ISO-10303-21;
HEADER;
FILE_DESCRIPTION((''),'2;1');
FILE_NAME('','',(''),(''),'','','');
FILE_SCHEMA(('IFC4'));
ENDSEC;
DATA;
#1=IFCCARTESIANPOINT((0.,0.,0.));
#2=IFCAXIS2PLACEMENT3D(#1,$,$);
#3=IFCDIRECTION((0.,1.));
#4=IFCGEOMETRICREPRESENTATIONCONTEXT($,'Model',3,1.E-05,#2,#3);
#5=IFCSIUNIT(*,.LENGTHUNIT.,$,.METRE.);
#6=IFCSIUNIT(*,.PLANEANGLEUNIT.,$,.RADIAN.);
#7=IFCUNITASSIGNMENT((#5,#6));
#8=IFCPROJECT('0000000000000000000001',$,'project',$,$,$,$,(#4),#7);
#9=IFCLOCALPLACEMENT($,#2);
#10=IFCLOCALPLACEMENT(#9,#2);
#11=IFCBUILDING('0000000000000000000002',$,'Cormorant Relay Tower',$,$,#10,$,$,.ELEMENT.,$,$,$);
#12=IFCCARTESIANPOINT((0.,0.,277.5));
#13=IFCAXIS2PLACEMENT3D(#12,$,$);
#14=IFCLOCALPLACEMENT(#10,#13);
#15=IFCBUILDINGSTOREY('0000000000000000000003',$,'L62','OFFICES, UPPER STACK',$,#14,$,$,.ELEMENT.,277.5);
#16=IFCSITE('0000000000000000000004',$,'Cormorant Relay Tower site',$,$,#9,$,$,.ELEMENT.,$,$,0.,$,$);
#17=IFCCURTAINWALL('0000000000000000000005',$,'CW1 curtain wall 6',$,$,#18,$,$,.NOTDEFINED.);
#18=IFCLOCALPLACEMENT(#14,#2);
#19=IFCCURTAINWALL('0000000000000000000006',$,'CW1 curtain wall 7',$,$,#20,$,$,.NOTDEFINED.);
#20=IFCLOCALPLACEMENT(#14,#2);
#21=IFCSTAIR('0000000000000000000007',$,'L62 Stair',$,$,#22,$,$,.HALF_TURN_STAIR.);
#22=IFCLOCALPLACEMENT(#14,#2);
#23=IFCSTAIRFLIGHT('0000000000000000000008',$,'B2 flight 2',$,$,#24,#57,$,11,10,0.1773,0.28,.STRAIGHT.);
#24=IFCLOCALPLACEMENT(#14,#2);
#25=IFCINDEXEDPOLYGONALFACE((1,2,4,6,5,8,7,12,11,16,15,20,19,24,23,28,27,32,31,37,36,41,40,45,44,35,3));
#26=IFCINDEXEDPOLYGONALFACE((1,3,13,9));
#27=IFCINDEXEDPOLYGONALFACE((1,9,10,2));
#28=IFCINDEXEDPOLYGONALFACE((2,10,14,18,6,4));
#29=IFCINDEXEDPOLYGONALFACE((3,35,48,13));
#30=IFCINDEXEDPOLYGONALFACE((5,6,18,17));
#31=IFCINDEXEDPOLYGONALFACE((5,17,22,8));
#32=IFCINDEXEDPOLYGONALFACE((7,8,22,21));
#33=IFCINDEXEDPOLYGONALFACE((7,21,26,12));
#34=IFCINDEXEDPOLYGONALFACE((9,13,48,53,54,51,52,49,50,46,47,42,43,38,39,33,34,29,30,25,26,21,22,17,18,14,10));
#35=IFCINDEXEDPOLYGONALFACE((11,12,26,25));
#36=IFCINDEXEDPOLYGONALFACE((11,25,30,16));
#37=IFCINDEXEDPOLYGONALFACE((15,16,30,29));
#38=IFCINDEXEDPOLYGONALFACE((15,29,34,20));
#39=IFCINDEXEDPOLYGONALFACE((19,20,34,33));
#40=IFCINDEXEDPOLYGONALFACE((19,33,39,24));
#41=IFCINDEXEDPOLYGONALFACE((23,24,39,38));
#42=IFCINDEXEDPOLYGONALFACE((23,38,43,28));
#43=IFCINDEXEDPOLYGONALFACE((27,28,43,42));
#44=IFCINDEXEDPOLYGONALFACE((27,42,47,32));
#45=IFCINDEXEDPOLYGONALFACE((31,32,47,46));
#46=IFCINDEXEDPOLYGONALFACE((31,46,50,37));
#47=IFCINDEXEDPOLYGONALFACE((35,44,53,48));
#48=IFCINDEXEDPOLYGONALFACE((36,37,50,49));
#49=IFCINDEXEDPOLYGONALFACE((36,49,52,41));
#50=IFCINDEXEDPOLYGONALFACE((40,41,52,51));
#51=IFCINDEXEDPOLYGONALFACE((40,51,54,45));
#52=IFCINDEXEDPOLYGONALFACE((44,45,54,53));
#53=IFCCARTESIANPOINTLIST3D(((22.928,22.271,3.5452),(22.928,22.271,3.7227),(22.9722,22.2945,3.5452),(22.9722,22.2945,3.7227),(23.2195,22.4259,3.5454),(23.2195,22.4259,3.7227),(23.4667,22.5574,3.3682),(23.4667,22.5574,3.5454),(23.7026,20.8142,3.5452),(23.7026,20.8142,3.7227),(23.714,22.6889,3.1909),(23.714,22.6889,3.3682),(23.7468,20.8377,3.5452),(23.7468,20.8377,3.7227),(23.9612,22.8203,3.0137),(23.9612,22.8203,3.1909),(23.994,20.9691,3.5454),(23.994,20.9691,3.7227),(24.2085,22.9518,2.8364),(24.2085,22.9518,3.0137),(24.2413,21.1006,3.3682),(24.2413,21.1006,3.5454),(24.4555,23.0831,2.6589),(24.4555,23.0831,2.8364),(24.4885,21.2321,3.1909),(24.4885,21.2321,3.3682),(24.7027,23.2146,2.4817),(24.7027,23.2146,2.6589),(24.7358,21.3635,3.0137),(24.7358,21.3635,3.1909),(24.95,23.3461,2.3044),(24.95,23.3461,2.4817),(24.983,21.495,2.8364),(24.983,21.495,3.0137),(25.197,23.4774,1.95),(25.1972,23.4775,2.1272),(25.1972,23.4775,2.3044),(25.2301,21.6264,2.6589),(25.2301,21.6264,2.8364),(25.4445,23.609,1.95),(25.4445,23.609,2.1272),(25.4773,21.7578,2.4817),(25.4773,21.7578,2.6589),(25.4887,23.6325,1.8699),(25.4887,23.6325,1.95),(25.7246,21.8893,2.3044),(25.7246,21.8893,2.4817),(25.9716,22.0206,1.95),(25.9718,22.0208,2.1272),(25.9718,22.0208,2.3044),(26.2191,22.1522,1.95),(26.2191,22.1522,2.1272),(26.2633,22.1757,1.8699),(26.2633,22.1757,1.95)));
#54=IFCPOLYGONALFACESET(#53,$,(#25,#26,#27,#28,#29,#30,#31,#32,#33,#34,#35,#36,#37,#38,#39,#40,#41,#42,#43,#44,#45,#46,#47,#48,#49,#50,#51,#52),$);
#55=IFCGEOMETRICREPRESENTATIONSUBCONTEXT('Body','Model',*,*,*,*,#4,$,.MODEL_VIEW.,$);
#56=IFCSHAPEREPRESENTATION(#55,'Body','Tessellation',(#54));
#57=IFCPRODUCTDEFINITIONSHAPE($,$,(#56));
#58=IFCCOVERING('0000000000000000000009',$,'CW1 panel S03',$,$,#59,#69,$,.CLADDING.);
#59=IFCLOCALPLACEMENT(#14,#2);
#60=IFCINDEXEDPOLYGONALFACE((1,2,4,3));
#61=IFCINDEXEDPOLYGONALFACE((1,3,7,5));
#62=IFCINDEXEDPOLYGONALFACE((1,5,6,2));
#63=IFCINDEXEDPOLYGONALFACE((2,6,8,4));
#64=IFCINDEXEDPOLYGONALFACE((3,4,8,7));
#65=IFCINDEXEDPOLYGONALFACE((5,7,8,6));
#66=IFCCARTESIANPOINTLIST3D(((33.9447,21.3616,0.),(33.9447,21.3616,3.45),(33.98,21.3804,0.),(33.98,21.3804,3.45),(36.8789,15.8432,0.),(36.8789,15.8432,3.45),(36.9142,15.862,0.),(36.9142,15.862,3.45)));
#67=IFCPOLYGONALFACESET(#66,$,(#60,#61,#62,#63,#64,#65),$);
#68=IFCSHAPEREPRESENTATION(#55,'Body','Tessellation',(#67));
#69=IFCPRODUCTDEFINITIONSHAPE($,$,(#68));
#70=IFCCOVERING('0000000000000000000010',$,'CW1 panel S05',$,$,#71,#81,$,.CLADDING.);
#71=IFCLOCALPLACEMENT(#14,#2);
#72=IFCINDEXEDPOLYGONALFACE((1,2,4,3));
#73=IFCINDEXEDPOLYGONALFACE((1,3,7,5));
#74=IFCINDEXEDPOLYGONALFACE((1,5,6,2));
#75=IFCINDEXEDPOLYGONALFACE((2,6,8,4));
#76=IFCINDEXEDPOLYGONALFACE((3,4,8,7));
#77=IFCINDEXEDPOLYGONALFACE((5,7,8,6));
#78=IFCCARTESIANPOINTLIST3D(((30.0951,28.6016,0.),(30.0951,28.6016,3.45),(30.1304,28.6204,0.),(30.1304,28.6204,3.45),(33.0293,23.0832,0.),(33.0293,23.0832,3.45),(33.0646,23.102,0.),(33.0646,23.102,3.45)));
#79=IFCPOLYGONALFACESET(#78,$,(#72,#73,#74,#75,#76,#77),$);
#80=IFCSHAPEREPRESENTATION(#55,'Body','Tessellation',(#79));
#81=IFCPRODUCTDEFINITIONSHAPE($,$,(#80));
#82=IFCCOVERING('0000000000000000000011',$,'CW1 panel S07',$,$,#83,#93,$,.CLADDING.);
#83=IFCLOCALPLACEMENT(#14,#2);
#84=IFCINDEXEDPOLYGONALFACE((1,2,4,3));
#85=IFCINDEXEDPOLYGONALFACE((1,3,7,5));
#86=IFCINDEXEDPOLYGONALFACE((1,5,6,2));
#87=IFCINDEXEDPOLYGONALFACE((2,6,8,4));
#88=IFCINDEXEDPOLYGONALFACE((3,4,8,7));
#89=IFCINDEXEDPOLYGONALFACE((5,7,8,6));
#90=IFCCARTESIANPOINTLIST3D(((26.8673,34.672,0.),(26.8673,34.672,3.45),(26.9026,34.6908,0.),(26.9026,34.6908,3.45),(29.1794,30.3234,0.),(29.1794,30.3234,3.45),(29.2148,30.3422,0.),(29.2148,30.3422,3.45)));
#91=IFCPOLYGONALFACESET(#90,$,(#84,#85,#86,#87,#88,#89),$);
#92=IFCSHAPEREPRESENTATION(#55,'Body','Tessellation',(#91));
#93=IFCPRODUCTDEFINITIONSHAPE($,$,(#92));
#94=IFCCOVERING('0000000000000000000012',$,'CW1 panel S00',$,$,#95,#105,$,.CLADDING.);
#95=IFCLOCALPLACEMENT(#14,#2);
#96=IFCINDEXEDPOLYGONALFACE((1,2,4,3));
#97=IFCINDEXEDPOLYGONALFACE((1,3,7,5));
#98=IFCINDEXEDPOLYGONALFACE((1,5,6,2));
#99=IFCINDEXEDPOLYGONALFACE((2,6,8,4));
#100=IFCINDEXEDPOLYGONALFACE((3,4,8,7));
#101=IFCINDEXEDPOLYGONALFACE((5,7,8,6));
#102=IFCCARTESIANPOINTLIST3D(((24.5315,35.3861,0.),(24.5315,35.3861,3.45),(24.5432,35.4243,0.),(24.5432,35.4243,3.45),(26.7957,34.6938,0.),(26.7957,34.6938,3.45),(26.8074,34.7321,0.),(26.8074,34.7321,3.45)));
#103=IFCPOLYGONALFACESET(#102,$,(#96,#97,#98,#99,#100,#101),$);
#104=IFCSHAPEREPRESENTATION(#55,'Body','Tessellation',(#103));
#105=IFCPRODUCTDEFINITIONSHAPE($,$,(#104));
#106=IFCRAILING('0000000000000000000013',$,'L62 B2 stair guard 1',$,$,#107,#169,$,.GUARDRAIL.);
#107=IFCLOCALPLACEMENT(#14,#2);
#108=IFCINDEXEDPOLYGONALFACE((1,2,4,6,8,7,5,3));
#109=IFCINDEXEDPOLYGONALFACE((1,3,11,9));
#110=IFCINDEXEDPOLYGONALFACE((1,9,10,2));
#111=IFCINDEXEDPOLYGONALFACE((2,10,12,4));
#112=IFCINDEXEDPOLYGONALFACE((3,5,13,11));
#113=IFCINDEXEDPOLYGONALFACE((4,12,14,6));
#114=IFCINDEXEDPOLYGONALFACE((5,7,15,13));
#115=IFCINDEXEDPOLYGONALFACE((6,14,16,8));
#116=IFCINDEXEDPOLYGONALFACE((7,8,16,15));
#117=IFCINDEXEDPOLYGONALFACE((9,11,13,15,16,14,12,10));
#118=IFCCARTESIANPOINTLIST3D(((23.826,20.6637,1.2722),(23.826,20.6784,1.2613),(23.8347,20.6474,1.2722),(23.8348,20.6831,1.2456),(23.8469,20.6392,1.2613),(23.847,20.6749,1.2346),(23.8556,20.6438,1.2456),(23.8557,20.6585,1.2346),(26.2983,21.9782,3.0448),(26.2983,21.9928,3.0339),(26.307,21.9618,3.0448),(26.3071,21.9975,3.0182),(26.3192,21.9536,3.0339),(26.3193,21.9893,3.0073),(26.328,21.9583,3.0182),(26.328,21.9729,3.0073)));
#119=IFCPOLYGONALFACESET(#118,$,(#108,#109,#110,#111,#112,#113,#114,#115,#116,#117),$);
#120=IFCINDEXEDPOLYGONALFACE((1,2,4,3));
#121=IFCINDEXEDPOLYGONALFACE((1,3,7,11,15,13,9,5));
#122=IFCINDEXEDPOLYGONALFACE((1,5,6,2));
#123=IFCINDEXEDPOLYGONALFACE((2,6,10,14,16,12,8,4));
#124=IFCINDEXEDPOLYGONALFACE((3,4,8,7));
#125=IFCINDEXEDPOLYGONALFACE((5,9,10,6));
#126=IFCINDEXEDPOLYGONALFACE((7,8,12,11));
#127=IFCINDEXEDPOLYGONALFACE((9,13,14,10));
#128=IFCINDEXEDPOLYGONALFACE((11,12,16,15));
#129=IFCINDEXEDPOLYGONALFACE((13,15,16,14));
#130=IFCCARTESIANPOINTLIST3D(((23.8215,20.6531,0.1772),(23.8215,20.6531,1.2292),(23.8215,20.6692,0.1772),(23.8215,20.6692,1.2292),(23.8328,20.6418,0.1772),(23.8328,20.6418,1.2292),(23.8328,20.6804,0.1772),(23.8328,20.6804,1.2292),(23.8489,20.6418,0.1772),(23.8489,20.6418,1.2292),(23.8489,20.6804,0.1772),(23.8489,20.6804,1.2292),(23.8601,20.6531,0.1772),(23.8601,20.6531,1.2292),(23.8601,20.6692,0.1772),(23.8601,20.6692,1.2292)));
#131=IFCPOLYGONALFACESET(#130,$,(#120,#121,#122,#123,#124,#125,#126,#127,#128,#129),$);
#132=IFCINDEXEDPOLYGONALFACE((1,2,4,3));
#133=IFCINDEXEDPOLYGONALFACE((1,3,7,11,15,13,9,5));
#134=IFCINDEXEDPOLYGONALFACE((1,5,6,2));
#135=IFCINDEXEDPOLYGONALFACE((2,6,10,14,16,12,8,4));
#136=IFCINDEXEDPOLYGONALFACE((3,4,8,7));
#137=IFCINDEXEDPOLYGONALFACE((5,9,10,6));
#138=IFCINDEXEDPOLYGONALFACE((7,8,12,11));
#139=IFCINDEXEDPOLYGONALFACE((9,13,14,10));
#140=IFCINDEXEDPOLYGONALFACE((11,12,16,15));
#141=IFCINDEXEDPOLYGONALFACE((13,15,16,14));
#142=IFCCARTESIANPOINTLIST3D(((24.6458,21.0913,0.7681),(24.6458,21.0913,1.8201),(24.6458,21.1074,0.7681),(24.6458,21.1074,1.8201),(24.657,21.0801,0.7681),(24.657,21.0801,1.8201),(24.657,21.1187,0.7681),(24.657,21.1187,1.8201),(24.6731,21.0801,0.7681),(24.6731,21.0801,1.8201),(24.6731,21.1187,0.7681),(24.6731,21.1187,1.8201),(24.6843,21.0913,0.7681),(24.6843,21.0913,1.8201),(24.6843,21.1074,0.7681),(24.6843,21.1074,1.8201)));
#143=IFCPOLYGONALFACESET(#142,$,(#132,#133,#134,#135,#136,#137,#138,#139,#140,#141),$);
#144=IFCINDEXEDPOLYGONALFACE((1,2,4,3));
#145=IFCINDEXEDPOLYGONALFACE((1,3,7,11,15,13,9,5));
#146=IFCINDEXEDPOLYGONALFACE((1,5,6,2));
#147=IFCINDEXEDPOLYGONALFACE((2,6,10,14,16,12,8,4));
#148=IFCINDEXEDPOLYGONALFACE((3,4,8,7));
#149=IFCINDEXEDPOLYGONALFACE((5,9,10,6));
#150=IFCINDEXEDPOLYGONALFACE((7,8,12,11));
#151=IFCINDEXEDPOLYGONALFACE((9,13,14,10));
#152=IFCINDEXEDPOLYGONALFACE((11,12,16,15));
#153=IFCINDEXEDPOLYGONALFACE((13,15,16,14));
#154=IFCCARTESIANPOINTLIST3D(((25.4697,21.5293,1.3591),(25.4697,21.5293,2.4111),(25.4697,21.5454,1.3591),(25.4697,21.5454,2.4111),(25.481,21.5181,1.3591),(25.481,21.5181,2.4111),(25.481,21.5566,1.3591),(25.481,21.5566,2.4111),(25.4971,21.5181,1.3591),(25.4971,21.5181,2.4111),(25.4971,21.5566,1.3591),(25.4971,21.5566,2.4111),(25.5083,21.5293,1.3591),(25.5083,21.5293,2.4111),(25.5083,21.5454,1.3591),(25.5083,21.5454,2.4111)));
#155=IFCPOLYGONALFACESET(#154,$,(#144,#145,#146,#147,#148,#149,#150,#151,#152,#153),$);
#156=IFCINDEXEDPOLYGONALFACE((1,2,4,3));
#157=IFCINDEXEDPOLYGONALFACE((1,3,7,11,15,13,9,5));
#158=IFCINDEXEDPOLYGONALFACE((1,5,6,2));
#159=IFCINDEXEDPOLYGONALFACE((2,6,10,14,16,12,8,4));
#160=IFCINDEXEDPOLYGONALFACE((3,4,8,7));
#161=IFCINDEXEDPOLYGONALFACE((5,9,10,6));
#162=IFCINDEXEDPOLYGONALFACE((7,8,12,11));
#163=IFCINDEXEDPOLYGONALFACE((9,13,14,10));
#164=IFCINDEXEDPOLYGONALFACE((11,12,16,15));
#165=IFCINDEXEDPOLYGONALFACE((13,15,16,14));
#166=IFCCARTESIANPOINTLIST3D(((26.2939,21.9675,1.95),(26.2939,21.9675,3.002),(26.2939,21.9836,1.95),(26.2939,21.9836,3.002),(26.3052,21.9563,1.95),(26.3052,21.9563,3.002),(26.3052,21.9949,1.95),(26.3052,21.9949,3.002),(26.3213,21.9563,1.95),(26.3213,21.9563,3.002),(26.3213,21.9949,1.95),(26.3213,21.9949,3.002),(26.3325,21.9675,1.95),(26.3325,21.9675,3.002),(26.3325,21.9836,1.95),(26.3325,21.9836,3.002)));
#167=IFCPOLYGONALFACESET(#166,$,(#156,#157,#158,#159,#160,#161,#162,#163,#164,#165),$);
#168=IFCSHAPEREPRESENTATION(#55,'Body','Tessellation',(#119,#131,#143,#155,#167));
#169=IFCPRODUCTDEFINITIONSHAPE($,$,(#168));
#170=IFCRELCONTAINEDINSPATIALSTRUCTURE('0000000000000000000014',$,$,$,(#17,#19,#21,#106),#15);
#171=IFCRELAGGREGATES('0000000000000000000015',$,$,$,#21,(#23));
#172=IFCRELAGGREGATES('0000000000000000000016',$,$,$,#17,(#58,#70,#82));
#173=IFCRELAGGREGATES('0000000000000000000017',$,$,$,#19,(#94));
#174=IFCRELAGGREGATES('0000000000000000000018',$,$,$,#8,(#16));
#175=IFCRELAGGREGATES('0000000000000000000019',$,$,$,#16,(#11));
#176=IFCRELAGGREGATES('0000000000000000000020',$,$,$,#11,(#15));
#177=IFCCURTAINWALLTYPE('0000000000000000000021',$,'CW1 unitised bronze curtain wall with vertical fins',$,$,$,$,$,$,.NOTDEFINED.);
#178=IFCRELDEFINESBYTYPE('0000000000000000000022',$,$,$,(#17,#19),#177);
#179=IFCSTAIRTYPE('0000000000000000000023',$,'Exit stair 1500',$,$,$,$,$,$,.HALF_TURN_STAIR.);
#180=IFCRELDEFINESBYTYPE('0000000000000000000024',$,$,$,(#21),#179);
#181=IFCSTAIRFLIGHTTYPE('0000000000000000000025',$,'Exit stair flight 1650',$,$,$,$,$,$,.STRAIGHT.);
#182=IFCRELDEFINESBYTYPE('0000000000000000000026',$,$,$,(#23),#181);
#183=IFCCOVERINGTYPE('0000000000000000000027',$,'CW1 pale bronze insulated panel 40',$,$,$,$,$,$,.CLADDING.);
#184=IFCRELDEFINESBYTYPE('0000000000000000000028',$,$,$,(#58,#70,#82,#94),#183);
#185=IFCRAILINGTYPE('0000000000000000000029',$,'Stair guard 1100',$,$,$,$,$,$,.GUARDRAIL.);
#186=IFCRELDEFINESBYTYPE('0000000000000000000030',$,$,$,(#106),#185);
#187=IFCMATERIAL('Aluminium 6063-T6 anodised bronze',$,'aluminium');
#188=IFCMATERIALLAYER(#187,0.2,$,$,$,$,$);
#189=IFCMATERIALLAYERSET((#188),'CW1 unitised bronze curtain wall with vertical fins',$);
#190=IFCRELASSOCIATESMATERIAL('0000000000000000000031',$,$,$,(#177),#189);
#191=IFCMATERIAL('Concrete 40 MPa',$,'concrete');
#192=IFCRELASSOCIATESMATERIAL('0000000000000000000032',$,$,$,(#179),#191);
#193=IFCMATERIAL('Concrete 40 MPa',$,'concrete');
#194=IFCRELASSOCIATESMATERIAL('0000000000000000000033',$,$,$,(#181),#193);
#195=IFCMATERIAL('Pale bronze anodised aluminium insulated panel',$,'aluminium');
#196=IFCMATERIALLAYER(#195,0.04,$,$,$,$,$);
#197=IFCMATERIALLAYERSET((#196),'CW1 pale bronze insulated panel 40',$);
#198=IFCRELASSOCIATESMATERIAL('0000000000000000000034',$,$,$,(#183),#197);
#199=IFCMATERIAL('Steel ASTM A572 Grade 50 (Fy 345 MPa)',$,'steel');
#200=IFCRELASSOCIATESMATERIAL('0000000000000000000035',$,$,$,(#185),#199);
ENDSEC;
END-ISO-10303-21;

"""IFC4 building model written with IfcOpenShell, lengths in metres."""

from ifc_helpers import new_model, si_unit, direction, frame, origin, origin_2d, place, context, subcontext, project, spatial, polyline, rectangle, outline, extrude, material, layer, layer_set, type_object, element, aggregate, save


model = new_model("IFC4")

# Units and contexts
model_context = context("Model", 3, precision=1e-05, world=origin(), true_north=direction((0.0, 1.0)))
body_context = subcontext(model_context, "Body", "Model", "MODEL_VIEW")
ifc_project = project(units=[si_unit("LENGTHUNIT", "METRE"), si_unit("PLANEANGLEUNIT", "RADIAN")], contexts=[model_context])

# Site, building, storey
site_placement = place(None, origin())
site = spatial("IfcSite", under=ifc_project, at=site_placement, Name="Cormorant Relay Tower site", CompositionType="ELEMENT", RefElevation=0.0)
building_placement = place(site_placement, origin())
building = spatial("IfcBuilding", under=site, at=building_placement, Name="Cormorant Relay Tower", CompositionType="ELEMENT")
storey_placement = place(building_placement, frame((0.0, 0.0, 277.5)))
storey = spatial("IfcBuildingStorey", under=building, at=storey_placement, Name="L62", Description="OFFICES, UPPER STACK", CompositionType="ELEMENT", Elevation=277.5)

# Curtain walls
ifc_material_1 = material(Name="Aluminium 6063-T6 anodised bronze", Category="aluminium")
ifc_layer_1 = layer(ifc_material_1, 0.2)
ifc_layer_set_1 = layer_set([ifc_layer_1], Name="CW1 unitised bronze curtain wall with vertical fins")
curtain_wall_type = type_object("IfcCurtainWallType", Name="CW1 unitised bronze curtain wall with vertical fins", PredefinedType="NOTDEFINED", material=ifc_layer_set_1)
curtain_wall_1_placement = place(storey_placement, origin())
curtain_wall_1 = element("IfcCurtainWall", 1, at=curtain_wall_1_placement, inside=storey, type_object=curtain_wall_type, Name="CW1 curtain wall 6", PredefinedType="NOTDEFINED")
curtain_wall_2_placement = place(storey_placement, origin())
curtain_wall_2 = element("IfcCurtainWall", 2, at=curtain_wall_2_placement, inside=storey, type_object=curtain_wall_type, Name="CW1 curtain wall 7", PredefinedType="NOTDEFINED")

# Stair, stair flight
ifc_material_2 = material(Name="Concrete 40 MPa", Category="concrete")
stair_type = type_object("IfcStairType", Name="Exit stair 1500", PredefinedType="HALF_TURN_STAIR", material=ifc_material_2)
stair_placement = place(storey_placement, origin())
stair = element("IfcStair", 3, at=stair_placement, inside=storey, type_object=stair_type, Name="L62 Stair", PredefinedType="HALF_TURN_STAIR")
ifc_material_3 = material(Name="Concrete 40 MPa", Category="concrete")
stair_flight_type = type_object("IfcStairFlightType", Name="Exit stair flight 1650", PredefinedType="STRAIGHT", material=ifc_material_3)
stair_flight_1_placement = place(storey_placement, frame((25.8318, 22.8806, 1.95), z_axis=(0.0, 0.0, 1.0), x_axis=(-0.882948, -0.469472, 0.0)))
stair_flight_1 = element("IfcStairFlight", 4, at=stair_flight_1_placement, type_object=stair_flight_type, Name="B2 flight 2", NumberOfRisers=11, NumberOfTreads=10, PredefinedType="STRAIGHT", RiserHeight=0.1773, TreadLength=0.28, context=body_context, shape_type="SweptSolid", body=[
    extrude(outline(polyline([(-0.05, -0.0801), (-0.05, 0.0), (0.0, 0.0), (0.0, 0.1772), (0.28, 0.1772), (0.28, 0.3545), (0.5601, 0.3545), (0.5601, 0.5317), (0.8401, 0.5317), (0.8401, 0.709), (1.1201, 0.709), (1.1201, 0.8865), (1.3999, 0.8865), (1.3999, 1.0637), (1.6799, 1.0637), (1.6799, 1.241), (1.96, 1.241), (1.96, 1.4182), (2.24, 1.4182), (2.24, 1.5955), (2.52, 1.5955), (2.52, 1.7727), (2.8, 1.7727), (2.8501, 1.7727), (2.8501, 1.5952), (2.8, 1.5952), (0.2803, 0.0), (-0.05, -0.0801)])), frame((0.0, 0.825, 0.0), z_axis=(0.0, -1.0, 0.0), x_axis=(1.0, 0.0, 0.0)), (0.0, 0.0, 1.0), 1.6499),
])
aggregate(stair, [stair_flight_1])

# Coverings
ifc_material_4 = material(Name="Pale bronze anodised aluminium insulated panel", Category="aluminium")
ifc_layer_2 = layer(ifc_material_4, 0.04)
ifc_layer_set_2 = layer_set([ifc_layer_2], Name="CW1 pale bronze insulated panel 40")
covering_type = type_object("IfcCoveringType", Name="CW1 pale bronze insulated panel 40", PredefinedType="CLADDING", material=ifc_layer_set_2)
covering_1_placement = place(storey_placement, frame((35.4294, 18.6118, 0.0), z_axis=(0.0, 0.0, 1.0), x_axis=(-0.469472, 0.882948, 0.0)))
covering_1 = element("IfcCovering", 5, at=covering_1_placement, type_object=covering_type, Name="CW1 panel S03", PredefinedType="CLADDING", context=body_context, shape_type="SweptSolid", body=[
    extrude(rectangle(XDim=6.25, YDim=0.04, at=origin_2d()), origin(), (0.0, 0.0, 1.0), 3.45),
])
covering_2_placement = place(storey_placement, frame((31.5798, 25.8518, 0.0), z_axis=(0.0, 0.0, 1.0), x_axis=(-0.469472, 0.882948, 0.0)))
covering_2 = element("IfcCovering", 6, at=covering_2_placement, type_object=covering_type, Name="CW1 panel S05", PredefinedType="CLADDING", context=body_context, shape_type="SweptSolid", body=[
    extrude(rectangle(XDim=6.25, YDim=0.04, at=origin_2d()), origin(), (0.0, 0.0, 1.0), 3.45),
])
covering_3_placement = place(storey_placement, frame((28.041, 32.5071, 0.0), z_axis=(0.0, 0.0, 1.0), x_axis=(-0.469472, 0.882948, 0.0)))
covering_3 = element("IfcCovering", 7, at=covering_3_placement, type_object=covering_type, Name="CW1 panel S07", PredefinedType="CLADDING", context=body_context, shape_type="SweptSolid", body=[
    extrude(rectangle(XDim=4.925, YDim=0.04, at=origin_2d()), origin(), (0.0, 0.0, 1.0), 3.45),
])
aggregate(curtain_wall_1, [covering_1, covering_2, covering_3])
covering_4_placement = place(storey_placement, frame((25.6694, 35.0591, 0.0), z_axis=(0.0, 0.0, 1.0), x_axis=(-0.956305, 0.292372, 0.0)))
covering_4 = element("IfcCovering", 8, at=covering_4_placement, type_object=covering_type, Name="CW1 panel S00", PredefinedType="CLADDING", context=body_context, shape_type="SweptSolid", body=[
    extrude(rectangle(XDim=2.3677, YDim=0.04, at=origin_2d()), origin(), (0.0, 0.0, 1.0), 3.45),
])
aggregate(curtain_wall_2, [covering_4])

# Railing
ifc_material_5 = material(Name="Steel ASTM A572 Grade 50 (Fy 345 MPa)", Category="steel")
railing_type_1 = type_object("IfcRailingType", Name="Stair guard 1100", PredefinedType="GUARDRAIL", material=ifc_material_5)
railing_1_placement = place(storey_placement, frame((23.8408, 20.6611, 0.1772)))
element("IfcRailing", 9, at=railing_1_placement, inside=storey, type_object=railing_type_1, Name="L62 B2 stair guard 1", PredefinedType="GUARDRAIL", context=body_context, shape_type="SweptSolid", body=[
    extrude(outline(polyline([(0.0222, 0.0093), (0.0093, 0.0222), (-0.0093, 0.0222), (-0.0222, 0.0093), (-0.0222, -0.0093), (-0.0093, -0.0222), (0.0093, -0.0222), (0.0222, -0.0093), (0.0222, 0.0093)])), frame((0.0, 0.0, 1.0762), z_axis=(0.746034, 0.396627, 0.534902), x_axis=(-0.469429, 0.88297, 0.0)), (0.0, 0.0, 1.0), 3.314),
    extrude(outline(polyline([(0.0193, 0.0081), (0.0081, 0.0193), (-0.0081, 0.0193), (-0.0193, 0.0081), (-0.0193, -0.0081), (-0.0081, -0.0193), (0.0081, -0.0193), (0.0193, -0.0081), (0.0193, 0.0081)])), origin(), (0.0, 0.0, 1.0), 1.052),
    extrude(outline(polyline([(0.0193, 0.0081), (0.0081, 0.0193), (-0.0081, 0.0193), (-0.0193, 0.0081), (-0.0193, -0.0081), (-0.0081, -0.0193), (0.0081, -0.0193), (0.0193, -0.0081), (0.0193, 0.0081)])), frame((0.8242, 0.4382, 0.5908)), (0.0, 0.0, 1.0), 1.052),
    extrude(outline(polyline([(0.0193, 0.0081), (0.0081, 0.0193), (-0.0081, 0.0193), (-0.0193, 0.0081), (-0.0193, -0.0081), (-0.0081, -0.0193), (0.0081, -0.0193), (0.0193, -0.0081), (0.0193, 0.0081)])), frame((1.6482, 0.8762, 1.1819)), (0.0, 0.0, 1.0), 1.052),
    extrude(outline(polyline([(0.0193, 0.0081), (0.0081, 0.0193), (-0.0081, 0.0193), (-0.0193, 0.0081), (-0.0193, -0.0081), (-0.0081, -0.0193), (0.0081, -0.0193), (0.0193, -0.0081), (0.0193, 0.0081)])), frame((2.4724, 1.3145, 1.7727)), (0.0, 0.0, 1.0), 1.052),
])

save(model, "model.ifc")
